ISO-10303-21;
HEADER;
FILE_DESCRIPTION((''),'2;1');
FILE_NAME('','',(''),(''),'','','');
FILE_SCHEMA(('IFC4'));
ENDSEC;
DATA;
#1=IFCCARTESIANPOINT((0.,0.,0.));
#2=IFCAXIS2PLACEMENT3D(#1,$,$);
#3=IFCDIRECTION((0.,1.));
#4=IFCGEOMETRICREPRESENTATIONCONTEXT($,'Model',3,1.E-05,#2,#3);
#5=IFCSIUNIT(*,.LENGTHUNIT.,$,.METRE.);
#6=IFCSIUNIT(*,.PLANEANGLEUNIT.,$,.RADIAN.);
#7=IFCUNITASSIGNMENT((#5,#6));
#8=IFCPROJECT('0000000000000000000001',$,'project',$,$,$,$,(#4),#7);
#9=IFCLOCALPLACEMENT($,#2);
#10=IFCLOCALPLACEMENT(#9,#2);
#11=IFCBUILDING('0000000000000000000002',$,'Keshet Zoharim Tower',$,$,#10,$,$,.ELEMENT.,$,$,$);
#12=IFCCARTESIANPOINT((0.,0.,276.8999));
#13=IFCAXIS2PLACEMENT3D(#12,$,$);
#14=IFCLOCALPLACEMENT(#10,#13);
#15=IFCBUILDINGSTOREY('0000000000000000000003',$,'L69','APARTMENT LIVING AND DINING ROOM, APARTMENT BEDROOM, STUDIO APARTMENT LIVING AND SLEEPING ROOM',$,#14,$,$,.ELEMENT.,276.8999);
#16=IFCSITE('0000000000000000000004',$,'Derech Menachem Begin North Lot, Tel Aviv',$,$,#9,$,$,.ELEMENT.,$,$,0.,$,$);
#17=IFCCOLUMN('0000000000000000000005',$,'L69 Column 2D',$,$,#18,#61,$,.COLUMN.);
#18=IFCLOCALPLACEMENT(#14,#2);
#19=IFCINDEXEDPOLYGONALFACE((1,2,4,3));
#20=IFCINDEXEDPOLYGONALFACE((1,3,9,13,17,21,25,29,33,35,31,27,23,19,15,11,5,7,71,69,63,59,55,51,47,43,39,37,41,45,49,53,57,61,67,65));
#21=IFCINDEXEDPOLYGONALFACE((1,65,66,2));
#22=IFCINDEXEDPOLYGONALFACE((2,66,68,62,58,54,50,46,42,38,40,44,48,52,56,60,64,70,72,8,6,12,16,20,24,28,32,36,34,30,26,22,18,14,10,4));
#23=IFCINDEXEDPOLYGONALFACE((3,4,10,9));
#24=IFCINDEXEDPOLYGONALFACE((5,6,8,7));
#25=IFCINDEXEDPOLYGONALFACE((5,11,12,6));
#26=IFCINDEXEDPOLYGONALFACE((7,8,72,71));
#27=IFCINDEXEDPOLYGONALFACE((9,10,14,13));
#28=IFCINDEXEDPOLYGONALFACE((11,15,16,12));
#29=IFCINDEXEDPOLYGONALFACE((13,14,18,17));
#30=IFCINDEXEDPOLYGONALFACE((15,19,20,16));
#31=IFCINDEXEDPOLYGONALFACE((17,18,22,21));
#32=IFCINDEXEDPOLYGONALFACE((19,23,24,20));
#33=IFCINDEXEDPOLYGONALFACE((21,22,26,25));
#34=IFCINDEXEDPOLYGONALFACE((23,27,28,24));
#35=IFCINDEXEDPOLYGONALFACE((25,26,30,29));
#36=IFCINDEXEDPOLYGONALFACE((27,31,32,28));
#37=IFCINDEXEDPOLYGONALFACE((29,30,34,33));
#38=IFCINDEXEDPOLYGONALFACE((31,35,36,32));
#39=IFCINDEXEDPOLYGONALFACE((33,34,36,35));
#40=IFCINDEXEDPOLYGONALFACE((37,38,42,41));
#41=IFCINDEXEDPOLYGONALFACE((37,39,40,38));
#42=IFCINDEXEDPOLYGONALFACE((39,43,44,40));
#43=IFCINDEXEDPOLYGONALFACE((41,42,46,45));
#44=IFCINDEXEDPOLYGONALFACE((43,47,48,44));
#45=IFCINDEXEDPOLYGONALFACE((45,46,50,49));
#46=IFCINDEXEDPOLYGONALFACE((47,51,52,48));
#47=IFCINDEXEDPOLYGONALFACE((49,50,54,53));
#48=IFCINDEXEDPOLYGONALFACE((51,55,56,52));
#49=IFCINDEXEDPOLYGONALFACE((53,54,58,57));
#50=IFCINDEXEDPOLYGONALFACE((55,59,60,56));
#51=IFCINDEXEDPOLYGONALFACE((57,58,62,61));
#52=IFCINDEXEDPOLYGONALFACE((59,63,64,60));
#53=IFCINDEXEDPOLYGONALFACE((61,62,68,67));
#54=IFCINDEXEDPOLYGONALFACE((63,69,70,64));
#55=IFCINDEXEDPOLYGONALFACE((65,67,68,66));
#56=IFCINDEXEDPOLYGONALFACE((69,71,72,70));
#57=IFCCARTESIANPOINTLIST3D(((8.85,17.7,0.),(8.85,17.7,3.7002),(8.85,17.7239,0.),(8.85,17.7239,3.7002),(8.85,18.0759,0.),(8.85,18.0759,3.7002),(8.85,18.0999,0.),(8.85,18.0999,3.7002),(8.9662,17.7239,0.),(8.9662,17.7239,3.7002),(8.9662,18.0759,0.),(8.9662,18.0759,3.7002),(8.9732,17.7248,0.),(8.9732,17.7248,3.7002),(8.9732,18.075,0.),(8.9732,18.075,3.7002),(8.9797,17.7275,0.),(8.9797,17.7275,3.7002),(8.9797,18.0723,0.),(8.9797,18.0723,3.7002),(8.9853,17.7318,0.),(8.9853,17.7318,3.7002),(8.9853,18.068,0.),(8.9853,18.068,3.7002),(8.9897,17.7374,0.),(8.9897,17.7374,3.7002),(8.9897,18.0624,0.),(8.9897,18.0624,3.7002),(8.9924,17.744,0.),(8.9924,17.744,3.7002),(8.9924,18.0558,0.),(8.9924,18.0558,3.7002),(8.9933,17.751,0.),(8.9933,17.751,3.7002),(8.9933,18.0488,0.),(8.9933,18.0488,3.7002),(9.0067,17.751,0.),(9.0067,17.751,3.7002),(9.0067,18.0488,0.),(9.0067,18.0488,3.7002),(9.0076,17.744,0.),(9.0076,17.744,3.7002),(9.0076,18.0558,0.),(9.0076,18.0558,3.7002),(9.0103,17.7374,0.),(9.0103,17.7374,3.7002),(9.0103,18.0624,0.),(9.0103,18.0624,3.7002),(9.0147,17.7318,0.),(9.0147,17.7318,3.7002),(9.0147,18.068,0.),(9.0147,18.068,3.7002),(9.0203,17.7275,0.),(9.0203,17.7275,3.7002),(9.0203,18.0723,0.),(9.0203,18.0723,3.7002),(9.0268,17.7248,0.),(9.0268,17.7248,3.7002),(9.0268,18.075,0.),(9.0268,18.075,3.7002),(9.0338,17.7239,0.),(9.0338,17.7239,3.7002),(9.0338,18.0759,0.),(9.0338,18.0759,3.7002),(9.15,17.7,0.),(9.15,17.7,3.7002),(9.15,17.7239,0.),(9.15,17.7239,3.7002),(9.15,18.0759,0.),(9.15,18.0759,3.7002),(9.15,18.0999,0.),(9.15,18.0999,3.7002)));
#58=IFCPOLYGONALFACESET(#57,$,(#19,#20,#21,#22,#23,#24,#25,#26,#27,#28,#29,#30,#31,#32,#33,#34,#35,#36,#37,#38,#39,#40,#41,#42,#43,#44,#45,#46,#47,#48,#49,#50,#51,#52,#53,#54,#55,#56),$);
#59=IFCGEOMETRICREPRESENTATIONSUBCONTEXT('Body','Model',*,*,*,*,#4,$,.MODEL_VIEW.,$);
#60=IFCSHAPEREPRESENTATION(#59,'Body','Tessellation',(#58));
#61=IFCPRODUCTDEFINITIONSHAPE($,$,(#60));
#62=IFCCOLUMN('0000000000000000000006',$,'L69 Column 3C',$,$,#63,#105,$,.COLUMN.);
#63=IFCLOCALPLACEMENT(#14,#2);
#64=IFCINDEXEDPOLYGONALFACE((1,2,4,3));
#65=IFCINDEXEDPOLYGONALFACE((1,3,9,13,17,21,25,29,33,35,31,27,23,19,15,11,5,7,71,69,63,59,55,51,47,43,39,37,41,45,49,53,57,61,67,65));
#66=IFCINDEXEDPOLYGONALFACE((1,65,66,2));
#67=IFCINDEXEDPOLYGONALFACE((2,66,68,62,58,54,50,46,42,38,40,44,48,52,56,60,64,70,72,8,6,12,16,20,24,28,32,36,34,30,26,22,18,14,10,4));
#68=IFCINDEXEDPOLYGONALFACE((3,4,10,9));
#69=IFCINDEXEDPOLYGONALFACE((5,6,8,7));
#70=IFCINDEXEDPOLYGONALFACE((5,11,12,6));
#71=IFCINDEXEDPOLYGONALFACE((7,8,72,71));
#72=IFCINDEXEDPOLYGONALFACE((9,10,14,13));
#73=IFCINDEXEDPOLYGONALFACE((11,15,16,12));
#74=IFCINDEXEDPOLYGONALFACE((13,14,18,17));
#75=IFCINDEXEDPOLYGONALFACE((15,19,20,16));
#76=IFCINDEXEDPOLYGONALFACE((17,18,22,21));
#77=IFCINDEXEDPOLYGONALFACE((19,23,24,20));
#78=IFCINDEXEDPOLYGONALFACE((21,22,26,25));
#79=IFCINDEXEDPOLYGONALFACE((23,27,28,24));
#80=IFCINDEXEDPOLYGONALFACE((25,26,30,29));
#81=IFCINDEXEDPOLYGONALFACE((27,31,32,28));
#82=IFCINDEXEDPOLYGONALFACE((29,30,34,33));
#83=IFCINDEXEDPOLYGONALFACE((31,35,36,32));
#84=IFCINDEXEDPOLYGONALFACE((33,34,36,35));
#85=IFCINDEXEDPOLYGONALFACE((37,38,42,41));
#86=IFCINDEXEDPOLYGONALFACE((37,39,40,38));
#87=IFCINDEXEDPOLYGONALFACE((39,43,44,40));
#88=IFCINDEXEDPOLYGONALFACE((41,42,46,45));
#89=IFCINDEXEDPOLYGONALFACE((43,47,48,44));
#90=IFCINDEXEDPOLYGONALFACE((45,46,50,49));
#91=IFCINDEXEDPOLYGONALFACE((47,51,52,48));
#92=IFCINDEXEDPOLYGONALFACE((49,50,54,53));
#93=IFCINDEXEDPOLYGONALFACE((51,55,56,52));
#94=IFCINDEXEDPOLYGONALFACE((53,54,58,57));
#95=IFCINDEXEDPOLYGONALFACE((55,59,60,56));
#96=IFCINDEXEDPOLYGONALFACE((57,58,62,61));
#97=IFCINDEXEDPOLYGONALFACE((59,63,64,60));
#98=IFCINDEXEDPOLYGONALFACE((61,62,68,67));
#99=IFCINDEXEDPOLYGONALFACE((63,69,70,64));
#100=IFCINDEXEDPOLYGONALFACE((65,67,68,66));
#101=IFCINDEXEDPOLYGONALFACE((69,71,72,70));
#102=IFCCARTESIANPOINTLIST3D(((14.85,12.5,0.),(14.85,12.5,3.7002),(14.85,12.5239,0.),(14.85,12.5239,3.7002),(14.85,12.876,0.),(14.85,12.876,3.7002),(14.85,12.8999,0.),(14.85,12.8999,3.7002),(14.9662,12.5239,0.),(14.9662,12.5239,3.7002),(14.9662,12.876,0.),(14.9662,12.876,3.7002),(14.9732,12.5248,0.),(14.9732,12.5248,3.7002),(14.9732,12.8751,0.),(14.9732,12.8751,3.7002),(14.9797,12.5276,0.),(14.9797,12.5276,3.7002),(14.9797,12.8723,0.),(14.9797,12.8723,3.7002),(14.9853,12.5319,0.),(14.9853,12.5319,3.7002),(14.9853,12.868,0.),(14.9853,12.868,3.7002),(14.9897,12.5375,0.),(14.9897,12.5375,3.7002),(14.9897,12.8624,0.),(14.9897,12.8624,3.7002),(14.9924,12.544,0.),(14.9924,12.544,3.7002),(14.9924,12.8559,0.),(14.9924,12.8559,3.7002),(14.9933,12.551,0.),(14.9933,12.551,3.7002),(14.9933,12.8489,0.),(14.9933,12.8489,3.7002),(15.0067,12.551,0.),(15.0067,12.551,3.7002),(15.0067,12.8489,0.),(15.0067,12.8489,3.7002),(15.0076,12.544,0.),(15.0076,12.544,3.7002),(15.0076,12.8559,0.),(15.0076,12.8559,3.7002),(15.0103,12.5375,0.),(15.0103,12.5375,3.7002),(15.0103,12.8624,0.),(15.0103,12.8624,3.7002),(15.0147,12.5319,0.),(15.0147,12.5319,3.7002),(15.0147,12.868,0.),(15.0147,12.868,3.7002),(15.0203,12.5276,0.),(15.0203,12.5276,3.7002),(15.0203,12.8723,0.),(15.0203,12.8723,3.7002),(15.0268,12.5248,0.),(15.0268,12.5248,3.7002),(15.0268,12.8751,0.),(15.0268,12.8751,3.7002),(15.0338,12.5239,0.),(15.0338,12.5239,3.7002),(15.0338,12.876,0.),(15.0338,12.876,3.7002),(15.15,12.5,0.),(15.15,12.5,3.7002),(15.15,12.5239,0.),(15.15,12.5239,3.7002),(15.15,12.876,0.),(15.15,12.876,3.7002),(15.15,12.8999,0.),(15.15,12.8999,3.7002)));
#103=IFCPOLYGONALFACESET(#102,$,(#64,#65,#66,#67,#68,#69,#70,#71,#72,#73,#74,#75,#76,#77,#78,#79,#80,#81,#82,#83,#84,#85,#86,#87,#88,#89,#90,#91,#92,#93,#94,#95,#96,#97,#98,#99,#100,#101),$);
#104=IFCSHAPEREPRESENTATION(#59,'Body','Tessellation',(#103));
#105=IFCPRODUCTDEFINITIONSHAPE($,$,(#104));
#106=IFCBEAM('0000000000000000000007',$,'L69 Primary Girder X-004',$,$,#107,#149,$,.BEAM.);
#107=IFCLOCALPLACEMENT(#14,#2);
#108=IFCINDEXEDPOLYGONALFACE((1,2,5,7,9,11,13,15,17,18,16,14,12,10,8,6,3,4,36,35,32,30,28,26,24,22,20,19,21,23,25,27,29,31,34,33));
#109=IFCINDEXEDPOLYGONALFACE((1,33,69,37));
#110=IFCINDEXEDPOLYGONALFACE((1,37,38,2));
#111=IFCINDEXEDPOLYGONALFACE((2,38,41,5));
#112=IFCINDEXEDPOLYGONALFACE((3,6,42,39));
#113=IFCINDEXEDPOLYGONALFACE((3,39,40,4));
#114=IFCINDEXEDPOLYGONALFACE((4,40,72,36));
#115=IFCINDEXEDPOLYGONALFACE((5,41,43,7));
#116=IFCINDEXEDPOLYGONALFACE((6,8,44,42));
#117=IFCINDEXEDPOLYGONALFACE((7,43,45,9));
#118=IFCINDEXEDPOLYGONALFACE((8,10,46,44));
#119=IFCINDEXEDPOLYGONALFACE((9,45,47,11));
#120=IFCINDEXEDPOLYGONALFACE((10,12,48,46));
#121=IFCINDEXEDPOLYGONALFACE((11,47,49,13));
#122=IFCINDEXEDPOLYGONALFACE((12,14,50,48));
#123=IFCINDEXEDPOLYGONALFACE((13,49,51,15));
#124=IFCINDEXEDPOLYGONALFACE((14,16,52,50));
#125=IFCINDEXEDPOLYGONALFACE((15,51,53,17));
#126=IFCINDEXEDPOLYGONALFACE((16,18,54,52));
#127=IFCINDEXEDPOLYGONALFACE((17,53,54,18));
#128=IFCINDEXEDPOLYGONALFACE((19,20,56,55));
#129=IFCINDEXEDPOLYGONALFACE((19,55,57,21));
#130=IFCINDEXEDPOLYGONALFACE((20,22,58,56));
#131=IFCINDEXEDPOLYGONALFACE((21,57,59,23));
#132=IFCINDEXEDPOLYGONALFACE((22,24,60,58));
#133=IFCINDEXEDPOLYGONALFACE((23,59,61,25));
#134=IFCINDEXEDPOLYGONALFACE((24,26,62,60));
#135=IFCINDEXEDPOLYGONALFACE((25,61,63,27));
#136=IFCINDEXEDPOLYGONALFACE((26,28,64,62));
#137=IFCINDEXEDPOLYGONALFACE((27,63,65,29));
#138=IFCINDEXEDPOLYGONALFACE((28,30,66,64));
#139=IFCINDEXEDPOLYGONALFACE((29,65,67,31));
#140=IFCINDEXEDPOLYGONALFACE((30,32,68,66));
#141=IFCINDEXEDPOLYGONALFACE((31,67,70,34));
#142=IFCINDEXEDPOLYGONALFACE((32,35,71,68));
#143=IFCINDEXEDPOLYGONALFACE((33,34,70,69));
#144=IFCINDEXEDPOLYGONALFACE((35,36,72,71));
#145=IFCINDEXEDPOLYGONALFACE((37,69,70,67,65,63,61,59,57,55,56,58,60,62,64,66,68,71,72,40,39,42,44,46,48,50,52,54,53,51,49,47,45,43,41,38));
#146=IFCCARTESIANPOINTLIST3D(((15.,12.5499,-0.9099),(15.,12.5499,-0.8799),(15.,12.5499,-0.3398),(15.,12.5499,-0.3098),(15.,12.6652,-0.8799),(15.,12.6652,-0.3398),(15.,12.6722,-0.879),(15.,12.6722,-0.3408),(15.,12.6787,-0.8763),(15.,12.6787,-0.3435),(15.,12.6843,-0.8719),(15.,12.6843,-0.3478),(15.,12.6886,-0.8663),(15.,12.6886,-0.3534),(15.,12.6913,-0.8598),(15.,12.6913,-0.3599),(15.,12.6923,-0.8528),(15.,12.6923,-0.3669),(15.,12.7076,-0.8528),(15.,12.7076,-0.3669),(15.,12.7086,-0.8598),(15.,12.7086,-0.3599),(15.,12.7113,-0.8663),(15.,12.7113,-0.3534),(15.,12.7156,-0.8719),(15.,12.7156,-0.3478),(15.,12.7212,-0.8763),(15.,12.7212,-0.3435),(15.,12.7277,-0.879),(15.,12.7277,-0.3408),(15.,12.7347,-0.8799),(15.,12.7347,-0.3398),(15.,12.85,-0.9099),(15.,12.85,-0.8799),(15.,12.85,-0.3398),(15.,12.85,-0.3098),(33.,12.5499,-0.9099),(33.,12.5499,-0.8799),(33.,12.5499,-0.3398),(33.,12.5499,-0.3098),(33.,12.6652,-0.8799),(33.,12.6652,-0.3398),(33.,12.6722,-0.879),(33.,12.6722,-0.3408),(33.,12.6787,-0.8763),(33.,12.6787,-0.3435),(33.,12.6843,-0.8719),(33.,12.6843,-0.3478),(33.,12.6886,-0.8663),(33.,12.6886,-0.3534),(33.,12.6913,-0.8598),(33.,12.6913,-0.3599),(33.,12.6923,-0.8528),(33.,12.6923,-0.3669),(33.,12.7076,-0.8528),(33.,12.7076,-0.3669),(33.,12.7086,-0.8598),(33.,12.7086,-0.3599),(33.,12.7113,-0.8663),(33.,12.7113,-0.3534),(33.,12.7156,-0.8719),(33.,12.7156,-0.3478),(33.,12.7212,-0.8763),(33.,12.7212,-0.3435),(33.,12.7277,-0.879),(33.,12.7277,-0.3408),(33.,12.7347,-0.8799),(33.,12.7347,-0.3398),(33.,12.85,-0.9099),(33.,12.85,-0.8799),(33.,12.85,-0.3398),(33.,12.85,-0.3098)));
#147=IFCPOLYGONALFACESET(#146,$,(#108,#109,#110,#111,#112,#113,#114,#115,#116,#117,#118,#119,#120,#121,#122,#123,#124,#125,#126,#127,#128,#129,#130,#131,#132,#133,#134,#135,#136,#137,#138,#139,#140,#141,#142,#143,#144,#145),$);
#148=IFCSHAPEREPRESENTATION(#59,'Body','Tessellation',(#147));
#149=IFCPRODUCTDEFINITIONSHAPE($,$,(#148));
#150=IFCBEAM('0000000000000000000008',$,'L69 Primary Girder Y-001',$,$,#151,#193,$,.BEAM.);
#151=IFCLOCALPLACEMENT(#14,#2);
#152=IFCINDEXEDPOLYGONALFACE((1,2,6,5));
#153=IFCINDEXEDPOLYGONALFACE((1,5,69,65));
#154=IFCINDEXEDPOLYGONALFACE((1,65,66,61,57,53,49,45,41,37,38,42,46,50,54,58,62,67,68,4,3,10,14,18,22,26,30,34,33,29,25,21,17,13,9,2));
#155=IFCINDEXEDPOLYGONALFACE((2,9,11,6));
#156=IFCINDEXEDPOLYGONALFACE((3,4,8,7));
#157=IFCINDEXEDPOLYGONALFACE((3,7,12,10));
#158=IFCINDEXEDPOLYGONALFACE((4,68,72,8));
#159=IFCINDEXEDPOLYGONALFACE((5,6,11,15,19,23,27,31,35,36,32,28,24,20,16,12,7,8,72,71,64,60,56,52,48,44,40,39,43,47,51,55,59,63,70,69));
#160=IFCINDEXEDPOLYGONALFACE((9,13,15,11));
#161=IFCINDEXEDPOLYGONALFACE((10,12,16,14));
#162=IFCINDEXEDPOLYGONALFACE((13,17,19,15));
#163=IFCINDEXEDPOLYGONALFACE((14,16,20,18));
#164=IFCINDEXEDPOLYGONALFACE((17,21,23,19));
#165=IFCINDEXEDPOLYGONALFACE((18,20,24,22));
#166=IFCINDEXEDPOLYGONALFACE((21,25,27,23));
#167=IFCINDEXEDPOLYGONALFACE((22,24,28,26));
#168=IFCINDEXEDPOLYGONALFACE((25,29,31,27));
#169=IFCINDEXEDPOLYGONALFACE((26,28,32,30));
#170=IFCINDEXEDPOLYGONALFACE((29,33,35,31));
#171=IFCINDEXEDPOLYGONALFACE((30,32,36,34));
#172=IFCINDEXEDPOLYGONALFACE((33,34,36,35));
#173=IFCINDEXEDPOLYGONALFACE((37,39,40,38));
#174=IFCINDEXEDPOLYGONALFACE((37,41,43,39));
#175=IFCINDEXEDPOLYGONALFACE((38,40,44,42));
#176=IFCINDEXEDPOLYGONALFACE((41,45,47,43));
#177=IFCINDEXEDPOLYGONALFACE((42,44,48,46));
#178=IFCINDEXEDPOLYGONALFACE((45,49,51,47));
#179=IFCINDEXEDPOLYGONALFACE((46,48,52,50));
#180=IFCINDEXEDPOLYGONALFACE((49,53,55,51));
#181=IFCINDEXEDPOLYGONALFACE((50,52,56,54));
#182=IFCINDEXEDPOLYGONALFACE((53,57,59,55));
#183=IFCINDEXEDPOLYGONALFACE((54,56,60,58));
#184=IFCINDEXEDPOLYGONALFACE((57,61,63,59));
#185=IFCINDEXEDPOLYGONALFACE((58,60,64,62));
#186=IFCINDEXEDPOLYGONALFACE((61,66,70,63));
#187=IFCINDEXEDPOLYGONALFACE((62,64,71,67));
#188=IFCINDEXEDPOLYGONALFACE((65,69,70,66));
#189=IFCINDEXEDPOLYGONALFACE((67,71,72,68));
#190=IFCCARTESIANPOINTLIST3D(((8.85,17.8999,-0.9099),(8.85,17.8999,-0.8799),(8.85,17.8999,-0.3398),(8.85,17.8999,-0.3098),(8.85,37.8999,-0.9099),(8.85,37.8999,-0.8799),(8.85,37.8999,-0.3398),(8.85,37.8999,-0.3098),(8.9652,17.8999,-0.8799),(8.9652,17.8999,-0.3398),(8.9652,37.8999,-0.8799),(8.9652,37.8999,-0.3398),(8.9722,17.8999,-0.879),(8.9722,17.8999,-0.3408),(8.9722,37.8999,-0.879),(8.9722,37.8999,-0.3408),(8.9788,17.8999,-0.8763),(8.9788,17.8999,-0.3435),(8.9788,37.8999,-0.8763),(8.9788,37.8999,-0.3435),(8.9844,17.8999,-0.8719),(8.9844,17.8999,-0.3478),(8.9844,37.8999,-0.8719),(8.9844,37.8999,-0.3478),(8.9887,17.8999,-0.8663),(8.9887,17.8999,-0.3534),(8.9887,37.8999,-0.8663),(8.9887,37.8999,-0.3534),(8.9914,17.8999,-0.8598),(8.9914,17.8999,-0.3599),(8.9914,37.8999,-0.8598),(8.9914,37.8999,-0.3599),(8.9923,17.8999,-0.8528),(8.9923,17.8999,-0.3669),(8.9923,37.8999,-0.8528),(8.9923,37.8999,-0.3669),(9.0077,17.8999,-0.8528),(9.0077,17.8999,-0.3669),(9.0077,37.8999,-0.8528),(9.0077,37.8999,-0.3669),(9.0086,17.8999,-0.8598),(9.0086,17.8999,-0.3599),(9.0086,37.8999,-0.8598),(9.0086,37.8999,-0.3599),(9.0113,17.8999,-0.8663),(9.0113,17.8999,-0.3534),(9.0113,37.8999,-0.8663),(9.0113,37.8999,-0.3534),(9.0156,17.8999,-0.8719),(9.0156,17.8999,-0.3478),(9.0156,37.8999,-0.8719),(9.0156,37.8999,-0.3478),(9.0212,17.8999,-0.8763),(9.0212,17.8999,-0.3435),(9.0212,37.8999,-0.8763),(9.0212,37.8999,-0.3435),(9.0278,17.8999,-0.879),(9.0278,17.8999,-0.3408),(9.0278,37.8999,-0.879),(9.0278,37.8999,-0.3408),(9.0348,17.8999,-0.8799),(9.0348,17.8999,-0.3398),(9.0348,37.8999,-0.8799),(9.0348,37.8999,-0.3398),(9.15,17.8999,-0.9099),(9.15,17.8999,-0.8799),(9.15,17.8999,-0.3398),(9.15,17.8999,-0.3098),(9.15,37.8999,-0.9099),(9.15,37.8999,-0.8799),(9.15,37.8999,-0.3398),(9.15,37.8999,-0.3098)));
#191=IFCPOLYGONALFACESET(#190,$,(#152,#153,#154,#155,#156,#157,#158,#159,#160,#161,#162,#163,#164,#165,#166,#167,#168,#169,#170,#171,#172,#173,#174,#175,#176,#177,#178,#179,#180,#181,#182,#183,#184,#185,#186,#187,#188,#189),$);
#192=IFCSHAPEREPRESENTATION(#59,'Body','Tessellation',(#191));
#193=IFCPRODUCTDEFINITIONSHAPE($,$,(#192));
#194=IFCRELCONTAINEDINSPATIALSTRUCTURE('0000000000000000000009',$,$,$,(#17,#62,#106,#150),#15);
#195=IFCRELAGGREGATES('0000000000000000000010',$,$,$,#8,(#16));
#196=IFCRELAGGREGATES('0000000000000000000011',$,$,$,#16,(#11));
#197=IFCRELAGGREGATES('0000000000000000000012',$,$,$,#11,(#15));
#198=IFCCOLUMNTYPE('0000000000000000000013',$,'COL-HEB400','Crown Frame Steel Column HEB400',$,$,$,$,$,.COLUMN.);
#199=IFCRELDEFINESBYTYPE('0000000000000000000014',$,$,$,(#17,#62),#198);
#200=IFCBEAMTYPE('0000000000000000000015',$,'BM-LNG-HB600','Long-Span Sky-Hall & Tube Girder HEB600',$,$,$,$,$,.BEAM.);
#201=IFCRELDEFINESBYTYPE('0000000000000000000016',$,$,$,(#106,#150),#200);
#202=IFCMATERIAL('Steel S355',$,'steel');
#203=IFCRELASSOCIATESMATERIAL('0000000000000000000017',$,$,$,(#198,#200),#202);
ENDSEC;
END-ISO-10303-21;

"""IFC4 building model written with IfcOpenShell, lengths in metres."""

from ifc_helpers import new_model, si_unit, direction, frame, origin, origin_2d, place, context, subcontext, project, spatial, i_section, extrude, material, material_profile, profile_set, type_object, element, save


model = new_model("IFC4")

# Units and contexts
model_context = context("Model", 3, precision=1e-05, world=origin(), true_north=direction((0.0, 1.0)))
body_context = subcontext(model_context, "Body", "Model", "MODEL_VIEW")
ifc_project = project(units=[si_unit("LENGTHUNIT", "METRE"), si_unit("PLANEANGLEUNIT", "RADIAN")], contexts=[model_context])

# Site, building, storey
site_placement = place(None, origin())
site = spatial("IfcSite", under=ifc_project, at=site_placement, Name="Derech Menachem Begin North Lot, Tel Aviv", CompositionType="ELEMENT", RefElevation=0.0)
building_placement = place(site_placement, origin())
building = spatial("IfcBuilding", under=site, at=building_placement, Name="Keshet Zoharim Tower", CompositionType="ELEMENT")
storey_placement = place(building_placement, frame((0.0, 0.0, 276.8999)))
storey = spatial("IfcBuildingStorey", under=building, at=storey_placement, Name="L69", Description="APARTMENT LIVING AND DINING ROOM, APARTMENT BEDROOM, STUDIO APARTMENT LIVING AND SLEEPING ROOM", CompositionType="ELEMENT", Elevation=276.8999)

# Columns
ifc_material_1 = material(Name="Steel S355", Category="steel")
ifc_material_profile_1 = material_profile(ifc_material_1, i_section(OverallWidth=0.3, OverallDepth=0.3999, WebThickness=0.0134, FlangeThickness=0.0239, FilletRadius=0.0271, at=origin_2d()), Name="HEB400")
ifc_profile_set_1 = profile_set([ifc_material_profile_1], Name="Steel S355")
column_type = type_object("IfcColumnType", Name="COL-HEB400", Description="Crown Frame Steel Column HEB400", PredefinedType="COLUMN", material=ifc_profile_set_1)
for number, where, z_axis, x_axis, name in (
    (1, (9.0, 17.8999, 0.0), (0.0, 0.0, 1.0), (1.0, 0.0, 0.0), "L69 Column 2D"),
    (2, (15.0, 12.7, 0.0), (0.0, 0.0, 1.0), (1.0, 0.0, 0.0), "L69 Column 3C"),
):
    element("IfcColumn", number, at=place(storey_placement, frame(where, z_axis=z_axis, x_axis=x_axis)), inside=storey, type_object=column_type, Name=name, PredefinedType="COLUMN", context=body_context, shape_type="SweptSolid", body=[
        extrude(i_section(OverallWidth=0.3, OverallDepth=0.3999, WebThickness=0.0134, FlangeThickness=0.0239, FilletRadius=0.0271, at=origin_2d()), origin(), (0.0, 0.0, 1.0), 3.7002),
    ])

# Beams
ifc_material_profile_2 = material_profile(ifc_material_1, i_section(OverallWidth=0.3, OverallDepth=0.6001, WebThickness=0.0154, FlangeThickness=0.03, FilletRadius=0.0271, at=origin_2d()), Name="HEB600")
ifc_profile_set_2 = profile_set([ifc_material_profile_2], Name="Steel S355")
beam_type_1 = type_object("IfcBeamType", Name="BM-LNG-HB600", Description="Long-Span Sky-Hall & Tube Girder HEB600", PredefinedType="BEAM", material=ifc_profile_set_2)
beam_1_placement = place(storey_placement, frame((15.0, 12.7, -0.6099), z_axis=(1.0, 0.0, 0.0), x_axis=(0.0, 1.0, 0.0)))
element("IfcBeam", 3, at=beam_1_placement, inside=storey, type_object=beam_type_1, Name="L69 Primary Girder X-004", PredefinedType="BEAM", context=body_context, shape_type="SweptSolid", body=[
    extrude(i_section(OverallWidth=0.3, OverallDepth=0.6001, WebThickness=0.0154, FlangeThickness=0.03, FilletRadius=0.0271, at=origin_2d()), origin(), (0.0, 0.0, 1.0), 18.0),
])
beam_2_placement = place(storey_placement, frame((9.0, 17.8999, -0.6099), z_axis=(0.0, 1.0, 0.0), x_axis=(-1.0, 0.0, 0.0)))
element("IfcBeam", 4, at=beam_2_placement, inside=storey, type_object=beam_type_1, Name="L69 Primary Girder Y-001", PredefinedType="BEAM", context=body_context, shape_type="SweptSolid", body=[
    extrude(i_section(OverallWidth=0.3, OverallDepth=0.6001, WebThickness=0.0154, FlangeThickness=0.03, FilletRadius=0.0271, at=origin_2d()), origin(), (0.0, 0.0, 1.0), 20.0),
])

save(model, "model.ifc")
